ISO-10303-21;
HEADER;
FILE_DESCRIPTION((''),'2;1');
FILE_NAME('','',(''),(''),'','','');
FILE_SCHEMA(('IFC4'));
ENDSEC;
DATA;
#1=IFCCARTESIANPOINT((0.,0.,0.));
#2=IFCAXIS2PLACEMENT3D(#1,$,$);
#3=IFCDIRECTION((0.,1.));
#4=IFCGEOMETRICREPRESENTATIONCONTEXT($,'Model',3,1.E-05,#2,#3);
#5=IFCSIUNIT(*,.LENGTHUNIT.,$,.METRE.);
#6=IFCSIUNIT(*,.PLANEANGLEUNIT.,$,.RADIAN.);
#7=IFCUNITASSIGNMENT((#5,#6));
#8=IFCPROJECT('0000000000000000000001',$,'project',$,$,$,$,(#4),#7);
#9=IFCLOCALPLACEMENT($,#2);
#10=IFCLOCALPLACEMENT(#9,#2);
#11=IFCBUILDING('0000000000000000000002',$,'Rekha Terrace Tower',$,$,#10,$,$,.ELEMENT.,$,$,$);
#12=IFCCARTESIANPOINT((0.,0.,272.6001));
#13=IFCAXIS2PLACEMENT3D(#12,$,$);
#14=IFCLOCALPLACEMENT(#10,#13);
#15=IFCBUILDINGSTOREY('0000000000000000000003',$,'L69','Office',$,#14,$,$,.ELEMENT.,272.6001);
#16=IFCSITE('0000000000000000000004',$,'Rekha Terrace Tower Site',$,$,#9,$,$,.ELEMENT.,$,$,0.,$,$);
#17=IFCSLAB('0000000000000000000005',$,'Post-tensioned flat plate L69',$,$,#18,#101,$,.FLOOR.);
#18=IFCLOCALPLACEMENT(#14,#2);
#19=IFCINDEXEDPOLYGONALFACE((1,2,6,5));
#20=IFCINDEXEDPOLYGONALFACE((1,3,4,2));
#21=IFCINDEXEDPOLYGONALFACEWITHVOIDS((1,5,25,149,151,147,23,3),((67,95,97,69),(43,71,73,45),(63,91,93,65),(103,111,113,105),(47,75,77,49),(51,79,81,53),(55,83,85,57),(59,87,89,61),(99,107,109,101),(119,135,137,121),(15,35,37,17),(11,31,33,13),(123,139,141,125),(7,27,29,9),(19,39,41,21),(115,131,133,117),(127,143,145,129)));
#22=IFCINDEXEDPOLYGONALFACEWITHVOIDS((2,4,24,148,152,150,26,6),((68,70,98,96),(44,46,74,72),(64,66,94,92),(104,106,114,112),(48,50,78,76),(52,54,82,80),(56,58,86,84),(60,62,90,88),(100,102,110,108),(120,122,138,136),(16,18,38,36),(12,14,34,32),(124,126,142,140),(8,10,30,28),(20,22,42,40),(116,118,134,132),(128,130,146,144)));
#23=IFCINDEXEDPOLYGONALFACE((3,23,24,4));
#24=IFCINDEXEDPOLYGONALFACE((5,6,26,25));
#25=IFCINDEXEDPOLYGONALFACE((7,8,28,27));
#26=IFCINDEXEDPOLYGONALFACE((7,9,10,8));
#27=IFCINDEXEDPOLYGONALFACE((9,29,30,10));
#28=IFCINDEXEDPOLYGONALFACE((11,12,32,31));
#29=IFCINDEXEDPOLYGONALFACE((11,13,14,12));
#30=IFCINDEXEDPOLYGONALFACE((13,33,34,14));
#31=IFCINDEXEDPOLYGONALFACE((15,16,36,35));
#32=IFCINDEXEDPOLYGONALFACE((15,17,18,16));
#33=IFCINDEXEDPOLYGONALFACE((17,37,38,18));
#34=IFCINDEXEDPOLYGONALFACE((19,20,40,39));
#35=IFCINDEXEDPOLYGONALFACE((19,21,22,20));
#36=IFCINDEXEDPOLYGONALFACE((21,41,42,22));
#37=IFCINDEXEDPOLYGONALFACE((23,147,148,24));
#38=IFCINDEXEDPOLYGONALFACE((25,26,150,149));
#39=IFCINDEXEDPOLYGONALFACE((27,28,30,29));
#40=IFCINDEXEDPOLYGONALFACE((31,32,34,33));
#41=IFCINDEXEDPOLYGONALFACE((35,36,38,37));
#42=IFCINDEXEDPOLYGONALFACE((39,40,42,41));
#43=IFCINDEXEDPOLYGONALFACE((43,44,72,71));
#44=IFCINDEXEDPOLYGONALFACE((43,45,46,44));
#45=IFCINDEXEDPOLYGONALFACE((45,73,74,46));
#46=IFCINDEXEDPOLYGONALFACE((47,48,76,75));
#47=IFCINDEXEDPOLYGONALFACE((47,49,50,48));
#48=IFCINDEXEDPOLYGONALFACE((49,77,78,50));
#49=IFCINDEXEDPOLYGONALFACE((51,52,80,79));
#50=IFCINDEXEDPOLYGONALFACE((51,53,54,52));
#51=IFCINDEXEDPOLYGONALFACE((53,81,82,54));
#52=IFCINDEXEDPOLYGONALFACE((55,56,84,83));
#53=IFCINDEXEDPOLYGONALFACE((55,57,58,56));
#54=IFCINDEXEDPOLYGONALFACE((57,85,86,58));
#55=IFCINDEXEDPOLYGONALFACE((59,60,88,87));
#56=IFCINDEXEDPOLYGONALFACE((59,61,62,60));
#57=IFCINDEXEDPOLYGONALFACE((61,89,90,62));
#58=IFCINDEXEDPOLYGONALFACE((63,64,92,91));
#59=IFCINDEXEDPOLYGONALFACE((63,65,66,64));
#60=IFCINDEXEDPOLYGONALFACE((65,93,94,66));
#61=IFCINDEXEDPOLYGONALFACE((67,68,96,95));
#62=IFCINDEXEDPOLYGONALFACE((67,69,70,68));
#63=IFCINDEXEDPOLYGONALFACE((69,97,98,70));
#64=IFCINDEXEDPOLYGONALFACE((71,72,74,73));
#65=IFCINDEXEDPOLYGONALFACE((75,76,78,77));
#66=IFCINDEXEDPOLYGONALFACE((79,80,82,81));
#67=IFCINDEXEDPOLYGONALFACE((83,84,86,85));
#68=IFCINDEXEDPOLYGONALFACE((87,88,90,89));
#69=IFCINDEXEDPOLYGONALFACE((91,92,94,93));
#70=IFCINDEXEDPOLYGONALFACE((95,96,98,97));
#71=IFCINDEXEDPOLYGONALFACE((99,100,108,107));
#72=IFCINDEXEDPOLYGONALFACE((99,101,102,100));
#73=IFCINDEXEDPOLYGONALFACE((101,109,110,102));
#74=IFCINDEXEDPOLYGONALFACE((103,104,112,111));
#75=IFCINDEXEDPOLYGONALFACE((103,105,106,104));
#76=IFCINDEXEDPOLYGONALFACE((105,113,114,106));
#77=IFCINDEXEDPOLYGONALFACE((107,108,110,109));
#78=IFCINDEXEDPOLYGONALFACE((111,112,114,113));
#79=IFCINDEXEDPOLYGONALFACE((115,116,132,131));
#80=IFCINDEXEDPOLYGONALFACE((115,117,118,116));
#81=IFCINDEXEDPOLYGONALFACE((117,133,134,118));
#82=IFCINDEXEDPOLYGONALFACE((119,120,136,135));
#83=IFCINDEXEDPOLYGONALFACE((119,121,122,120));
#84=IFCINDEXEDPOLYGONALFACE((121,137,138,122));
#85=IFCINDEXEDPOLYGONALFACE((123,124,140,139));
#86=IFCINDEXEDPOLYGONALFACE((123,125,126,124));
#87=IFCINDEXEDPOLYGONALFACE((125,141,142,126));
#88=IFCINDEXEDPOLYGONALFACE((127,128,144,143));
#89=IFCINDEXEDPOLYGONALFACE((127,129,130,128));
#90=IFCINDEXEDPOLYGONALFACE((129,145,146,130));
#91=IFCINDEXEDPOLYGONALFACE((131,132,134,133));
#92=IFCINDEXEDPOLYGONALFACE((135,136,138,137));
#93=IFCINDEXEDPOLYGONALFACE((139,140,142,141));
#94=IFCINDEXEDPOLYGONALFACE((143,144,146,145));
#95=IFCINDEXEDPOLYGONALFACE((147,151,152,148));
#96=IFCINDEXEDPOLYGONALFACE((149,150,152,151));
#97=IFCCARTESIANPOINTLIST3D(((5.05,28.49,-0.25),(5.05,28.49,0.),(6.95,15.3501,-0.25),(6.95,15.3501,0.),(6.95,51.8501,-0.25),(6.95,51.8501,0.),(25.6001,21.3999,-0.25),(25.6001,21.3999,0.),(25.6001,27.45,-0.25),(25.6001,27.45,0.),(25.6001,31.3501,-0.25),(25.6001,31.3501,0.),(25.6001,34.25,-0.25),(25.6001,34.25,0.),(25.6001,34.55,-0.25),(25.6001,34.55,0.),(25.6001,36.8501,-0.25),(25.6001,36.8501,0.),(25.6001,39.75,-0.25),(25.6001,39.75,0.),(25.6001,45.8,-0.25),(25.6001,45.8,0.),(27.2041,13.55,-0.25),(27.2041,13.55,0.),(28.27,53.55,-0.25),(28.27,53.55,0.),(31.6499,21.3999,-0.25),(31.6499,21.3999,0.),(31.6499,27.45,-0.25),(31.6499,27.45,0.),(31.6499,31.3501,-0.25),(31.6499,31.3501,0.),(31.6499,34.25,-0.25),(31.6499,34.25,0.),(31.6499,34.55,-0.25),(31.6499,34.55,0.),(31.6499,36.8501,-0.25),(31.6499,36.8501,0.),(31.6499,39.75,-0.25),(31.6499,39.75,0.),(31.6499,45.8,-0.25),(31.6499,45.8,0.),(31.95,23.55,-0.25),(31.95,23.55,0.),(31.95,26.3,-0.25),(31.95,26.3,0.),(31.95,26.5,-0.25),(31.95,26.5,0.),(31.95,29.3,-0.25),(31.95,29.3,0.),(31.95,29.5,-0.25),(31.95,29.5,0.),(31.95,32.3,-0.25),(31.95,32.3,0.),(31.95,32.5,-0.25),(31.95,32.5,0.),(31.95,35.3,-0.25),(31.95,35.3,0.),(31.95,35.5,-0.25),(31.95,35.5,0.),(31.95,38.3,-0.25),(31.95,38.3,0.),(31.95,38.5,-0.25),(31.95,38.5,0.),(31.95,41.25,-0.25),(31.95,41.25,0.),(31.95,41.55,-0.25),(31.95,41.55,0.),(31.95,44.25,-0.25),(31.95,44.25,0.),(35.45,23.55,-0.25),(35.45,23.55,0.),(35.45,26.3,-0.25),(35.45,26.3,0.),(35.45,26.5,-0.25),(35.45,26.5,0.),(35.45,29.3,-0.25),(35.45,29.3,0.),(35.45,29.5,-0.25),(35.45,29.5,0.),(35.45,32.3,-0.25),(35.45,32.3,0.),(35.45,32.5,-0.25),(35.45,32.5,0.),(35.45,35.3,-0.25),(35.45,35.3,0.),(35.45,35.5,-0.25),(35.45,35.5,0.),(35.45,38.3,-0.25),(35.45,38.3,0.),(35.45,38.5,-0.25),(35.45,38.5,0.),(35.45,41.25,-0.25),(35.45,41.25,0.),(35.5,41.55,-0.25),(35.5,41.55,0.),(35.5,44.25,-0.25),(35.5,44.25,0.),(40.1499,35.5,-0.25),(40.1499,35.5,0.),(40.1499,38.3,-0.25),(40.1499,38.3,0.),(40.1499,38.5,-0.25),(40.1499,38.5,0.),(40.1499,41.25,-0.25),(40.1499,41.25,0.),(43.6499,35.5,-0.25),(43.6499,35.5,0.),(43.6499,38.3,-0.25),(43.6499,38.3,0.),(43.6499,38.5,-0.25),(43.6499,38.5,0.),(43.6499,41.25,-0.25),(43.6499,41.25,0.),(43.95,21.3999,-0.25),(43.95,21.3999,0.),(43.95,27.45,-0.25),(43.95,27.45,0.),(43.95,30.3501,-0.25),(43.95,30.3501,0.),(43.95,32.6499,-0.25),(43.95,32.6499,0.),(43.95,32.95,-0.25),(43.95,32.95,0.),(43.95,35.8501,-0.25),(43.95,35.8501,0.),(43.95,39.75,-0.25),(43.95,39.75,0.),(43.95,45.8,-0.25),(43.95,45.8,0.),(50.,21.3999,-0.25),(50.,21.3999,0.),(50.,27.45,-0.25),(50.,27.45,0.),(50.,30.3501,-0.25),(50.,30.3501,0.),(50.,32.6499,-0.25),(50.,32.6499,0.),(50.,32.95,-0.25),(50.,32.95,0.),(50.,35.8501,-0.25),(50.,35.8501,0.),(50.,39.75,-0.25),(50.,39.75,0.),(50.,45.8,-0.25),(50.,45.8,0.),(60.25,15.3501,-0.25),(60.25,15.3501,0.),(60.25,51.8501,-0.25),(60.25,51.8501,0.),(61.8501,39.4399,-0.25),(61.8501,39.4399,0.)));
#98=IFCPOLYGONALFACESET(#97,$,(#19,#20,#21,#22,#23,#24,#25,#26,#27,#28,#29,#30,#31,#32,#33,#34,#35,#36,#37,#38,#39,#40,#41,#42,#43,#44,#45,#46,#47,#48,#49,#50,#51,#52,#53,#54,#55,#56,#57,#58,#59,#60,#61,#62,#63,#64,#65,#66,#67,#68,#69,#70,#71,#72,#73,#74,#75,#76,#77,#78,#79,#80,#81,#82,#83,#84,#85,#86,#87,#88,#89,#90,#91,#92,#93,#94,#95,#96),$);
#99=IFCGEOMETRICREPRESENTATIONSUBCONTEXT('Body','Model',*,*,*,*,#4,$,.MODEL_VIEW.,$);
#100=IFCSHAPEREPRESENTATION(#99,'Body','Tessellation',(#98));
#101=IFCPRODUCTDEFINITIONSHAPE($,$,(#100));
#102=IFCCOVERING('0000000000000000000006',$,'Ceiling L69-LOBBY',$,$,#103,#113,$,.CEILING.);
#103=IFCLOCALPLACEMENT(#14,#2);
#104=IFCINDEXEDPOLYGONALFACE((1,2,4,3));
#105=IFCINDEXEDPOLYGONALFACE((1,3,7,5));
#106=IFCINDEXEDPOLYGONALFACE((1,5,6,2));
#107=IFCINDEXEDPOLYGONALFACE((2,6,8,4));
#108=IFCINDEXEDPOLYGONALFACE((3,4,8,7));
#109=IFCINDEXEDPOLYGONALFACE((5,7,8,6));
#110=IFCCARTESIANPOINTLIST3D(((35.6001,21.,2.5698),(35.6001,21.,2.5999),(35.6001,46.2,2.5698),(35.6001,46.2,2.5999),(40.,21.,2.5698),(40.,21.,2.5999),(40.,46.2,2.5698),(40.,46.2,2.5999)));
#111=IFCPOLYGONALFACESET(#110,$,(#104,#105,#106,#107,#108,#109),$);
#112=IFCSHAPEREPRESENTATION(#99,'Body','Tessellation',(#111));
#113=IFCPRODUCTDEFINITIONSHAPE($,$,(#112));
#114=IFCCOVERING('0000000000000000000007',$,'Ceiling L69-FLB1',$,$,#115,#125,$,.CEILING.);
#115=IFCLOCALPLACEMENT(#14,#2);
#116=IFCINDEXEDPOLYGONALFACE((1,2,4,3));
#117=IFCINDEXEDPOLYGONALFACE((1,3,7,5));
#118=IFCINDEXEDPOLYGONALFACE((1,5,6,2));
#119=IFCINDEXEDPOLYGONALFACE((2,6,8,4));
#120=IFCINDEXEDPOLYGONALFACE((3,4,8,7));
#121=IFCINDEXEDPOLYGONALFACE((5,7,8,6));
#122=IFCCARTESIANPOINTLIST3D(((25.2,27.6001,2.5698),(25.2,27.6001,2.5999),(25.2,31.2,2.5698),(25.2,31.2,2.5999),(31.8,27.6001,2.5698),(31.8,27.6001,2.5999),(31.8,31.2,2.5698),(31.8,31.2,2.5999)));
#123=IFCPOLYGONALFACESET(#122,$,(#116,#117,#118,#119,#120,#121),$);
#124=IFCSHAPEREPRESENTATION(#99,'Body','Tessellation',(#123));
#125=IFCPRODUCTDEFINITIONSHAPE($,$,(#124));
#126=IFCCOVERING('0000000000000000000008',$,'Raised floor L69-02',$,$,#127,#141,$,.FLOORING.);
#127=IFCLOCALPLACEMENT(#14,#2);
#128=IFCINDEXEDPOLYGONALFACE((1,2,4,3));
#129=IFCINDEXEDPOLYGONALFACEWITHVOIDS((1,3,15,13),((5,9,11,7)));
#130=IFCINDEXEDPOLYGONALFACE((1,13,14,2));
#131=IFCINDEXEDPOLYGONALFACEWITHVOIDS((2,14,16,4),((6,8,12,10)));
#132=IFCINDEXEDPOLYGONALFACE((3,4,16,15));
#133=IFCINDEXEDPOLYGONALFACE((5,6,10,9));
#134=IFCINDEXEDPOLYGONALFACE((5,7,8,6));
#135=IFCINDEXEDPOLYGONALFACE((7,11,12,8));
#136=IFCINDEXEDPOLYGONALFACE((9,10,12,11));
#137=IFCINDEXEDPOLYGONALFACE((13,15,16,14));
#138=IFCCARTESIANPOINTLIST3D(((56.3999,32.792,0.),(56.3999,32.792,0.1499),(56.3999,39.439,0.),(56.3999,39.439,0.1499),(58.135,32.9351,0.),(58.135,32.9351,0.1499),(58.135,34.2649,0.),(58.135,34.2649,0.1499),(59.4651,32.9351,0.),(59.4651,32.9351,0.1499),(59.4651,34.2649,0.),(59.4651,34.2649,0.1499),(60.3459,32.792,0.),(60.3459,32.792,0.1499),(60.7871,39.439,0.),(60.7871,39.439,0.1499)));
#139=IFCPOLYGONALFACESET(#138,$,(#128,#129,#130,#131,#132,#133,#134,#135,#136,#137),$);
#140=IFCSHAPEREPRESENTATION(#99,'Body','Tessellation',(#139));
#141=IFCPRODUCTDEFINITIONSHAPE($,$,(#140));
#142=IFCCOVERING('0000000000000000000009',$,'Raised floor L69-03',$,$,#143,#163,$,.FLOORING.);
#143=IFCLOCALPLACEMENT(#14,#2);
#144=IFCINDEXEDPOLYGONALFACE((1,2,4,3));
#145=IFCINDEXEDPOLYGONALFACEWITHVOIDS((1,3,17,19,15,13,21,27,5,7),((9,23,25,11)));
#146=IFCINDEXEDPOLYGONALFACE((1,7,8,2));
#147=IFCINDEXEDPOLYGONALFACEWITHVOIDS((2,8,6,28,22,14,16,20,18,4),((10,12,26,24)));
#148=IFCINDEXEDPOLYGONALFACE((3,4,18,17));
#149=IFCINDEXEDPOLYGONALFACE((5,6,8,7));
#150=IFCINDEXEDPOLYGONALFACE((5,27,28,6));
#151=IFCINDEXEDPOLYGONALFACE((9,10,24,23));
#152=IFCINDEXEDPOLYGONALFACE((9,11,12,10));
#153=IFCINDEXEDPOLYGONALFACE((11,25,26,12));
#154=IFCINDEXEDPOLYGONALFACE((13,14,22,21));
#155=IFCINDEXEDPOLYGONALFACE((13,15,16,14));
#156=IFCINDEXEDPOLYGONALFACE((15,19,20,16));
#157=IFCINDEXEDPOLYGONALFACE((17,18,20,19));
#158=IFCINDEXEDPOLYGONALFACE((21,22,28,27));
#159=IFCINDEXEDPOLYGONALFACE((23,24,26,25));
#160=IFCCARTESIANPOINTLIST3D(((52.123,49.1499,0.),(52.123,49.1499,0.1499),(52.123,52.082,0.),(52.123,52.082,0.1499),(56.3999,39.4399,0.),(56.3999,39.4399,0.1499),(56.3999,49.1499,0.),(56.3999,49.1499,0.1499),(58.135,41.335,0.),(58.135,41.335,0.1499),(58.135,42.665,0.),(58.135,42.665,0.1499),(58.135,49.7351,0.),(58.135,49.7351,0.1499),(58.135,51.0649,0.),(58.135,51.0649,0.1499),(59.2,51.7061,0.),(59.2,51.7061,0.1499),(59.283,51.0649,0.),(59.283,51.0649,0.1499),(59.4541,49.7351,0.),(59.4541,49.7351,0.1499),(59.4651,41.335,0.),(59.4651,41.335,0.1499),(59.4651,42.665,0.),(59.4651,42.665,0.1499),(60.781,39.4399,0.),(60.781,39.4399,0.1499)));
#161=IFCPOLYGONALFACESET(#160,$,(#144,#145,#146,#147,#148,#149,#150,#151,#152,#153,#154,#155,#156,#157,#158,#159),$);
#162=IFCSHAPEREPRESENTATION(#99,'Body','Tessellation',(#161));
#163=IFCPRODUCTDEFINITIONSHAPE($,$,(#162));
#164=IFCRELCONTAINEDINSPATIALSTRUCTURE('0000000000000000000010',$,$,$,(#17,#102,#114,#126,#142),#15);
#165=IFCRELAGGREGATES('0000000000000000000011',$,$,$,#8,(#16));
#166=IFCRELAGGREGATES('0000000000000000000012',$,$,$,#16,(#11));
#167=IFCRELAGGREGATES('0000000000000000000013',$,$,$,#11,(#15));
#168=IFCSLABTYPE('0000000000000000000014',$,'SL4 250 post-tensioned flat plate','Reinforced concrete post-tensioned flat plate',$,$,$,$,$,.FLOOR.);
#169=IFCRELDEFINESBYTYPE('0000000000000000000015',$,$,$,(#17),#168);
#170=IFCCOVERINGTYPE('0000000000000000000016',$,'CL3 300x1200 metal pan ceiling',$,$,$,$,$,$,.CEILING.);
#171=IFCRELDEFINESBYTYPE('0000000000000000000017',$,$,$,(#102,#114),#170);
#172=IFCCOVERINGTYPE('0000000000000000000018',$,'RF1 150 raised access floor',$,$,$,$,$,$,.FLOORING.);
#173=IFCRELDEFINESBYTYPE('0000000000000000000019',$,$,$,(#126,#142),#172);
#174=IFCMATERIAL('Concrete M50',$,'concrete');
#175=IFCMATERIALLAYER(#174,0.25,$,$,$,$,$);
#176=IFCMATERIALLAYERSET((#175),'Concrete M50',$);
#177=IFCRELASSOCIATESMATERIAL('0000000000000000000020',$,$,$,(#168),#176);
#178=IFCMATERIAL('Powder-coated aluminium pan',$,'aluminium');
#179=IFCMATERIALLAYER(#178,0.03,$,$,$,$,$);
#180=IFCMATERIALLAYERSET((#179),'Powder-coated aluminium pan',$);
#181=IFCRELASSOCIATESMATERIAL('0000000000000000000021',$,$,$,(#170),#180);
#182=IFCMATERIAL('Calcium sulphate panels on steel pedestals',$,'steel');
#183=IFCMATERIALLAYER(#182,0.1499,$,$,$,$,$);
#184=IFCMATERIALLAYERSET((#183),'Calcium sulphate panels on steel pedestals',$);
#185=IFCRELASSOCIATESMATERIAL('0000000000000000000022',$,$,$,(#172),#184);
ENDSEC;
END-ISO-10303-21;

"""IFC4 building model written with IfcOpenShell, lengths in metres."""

from ifc_helpers import new_model, si_unit, direction, frame, origin, place, context, subcontext, project, spatial, polyline, outline, extrude, material, layer, layer_set, type_object, element, save


model = new_model("IFC4")

# Units and contexts
model_context = context("Model", 3, precision=1e-05, world=origin(), true_north=direction((0.0, 1.0)))
body_context = subcontext(model_context, "Body", "Model", "MODEL_VIEW")
ifc_project = project(units=[si_unit("LENGTHUNIT", "METRE"), si_unit("PLANEANGLEUNIT", "RADIAN")], contexts=[model_context])

# Site, building, storey
site_placement = place(None, origin())
site = spatial("IfcSite", under=ifc_project, at=site_placement, Name="Rekha Terrace Tower Site", CompositionType="ELEMENT", RefElevation=0.0)
building_placement = place(site_placement, origin())
building = spatial("IfcBuilding", under=site, at=building_placement, Name="Rekha Terrace Tower", CompositionType="ELEMENT")
storey_placement = place(building_placement, frame((0.0, 0.0, 272.6001)))
storey = spatial("IfcBuildingStorey", under=building, at=storey_placement, Name="L69", Description="Office", CompositionType="ELEMENT", Elevation=272.6001)

# Slab
ifc_material_1 = material(Name="Concrete M50", Category="concrete")
ifc_layer_1 = layer(ifc_material_1, 0.25)
ifc_layer_set_1 = layer_set([ifc_layer_1], Name="Concrete M50")
slab_type_1 = type_object("IfcSlabType", Name="SL4 250 post-tensioned flat plate", Description="Reinforced concrete post-tensioned flat plate", PredefinedType="FLOOR", material=ifc_layer_set_1)
slab_1_placement = place(storey_placement, frame((0.0, 0.0, -0.25)))
element("IfcSlab", 1, at=slab_1_placement, inside=storey, type_object=slab_type_1, Name="Post-tensioned flat plate L69", PredefinedType="FLOOR", context=body_context, shape_type="SweptSolid", body=[
    extrude(outline(polyline([(5.05, 28.49), (6.95, 15.3501), (27.2041, 13.55), (60.25, 15.3501), (61.8501, 39.4399), (60.25, 51.8501), (28.27, 53.55), (6.95, 51.8501), (5.05, 28.49)]), holes=[polyline([(31.6499, 27.45), (31.6499, 21.3999), (25.6001, 21.3999), (25.6001, 27.45), (31.6499, 27.45)]), polyline([(35.45, 26.3), (35.45, 23.55), (31.95, 23.55), (31.95, 26.3), (35.45, 26.3)]), polyline([(35.45, 29.3), (35.45, 26.5), (31.95, 26.5), (31.95, 29.3), (35.45, 29.3)]), polyline([(35.45, 32.3), (35.45, 29.5), (31.95, 29.5), (31.95, 32.3), (35.45, 32.3)]), polyline([(31.6499, 34.25), (31.6499, 31.3501), (25.6001, 31.3501), (25.6001, 34.25), (31.6499, 34.25)]), polyline([(35.45, 35.3), (35.45, 32.5), (31.95, 32.5), (31.95, 35.3), (35.45, 35.3)]), polyline([(31.6499, 36.8501), (31.6499, 34.55), (25.6001, 34.55), (25.6001, 36.8501), (31.6499, 36.8501)]), polyline([(35.45, 38.3), (35.45, 35.5), (31.95, 35.5), (31.95, 38.3), (35.45, 38.3)]), polyline([(31.6499, 45.8), (31.6499, 39.75), (25.6001, 39.75), (25.6001, 45.8), (31.6499, 45.8)]), polyline([(50.0, 27.45), (50.0, 21.3999), (43.95, 21.3999), (43.95, 27.45), (50.0, 27.45)]), polyline([(50.0, 32.6499), (50.0, 30.3501), (43.95, 30.3501), (43.95, 32.6499), (50.0, 32.6499)]), polyline([(50.0, 35.8501), (50.0, 32.95), (43.95, 32.95), (43.95, 35.8501), (50.0, 35.8501)]), polyline([(43.6499, 38.3), (43.6499, 35.5), (40.1499, 35.5), (40.1499, 38.3), (43.6499, 38.3)]), polyline([(35.45, 41.25), (35.45, 38.5), (31.95, 38.5), (31.95, 41.25), (35.45, 41.25)]), polyline([(43.6499, 41.25), (43.6499, 38.5), (40.1499, 38.5), (40.1499, 41.25), (43.6499, 41.25)]), polyline([(50.0, 39.75), (43.95, 39.75), (43.95, 45.8), (50.0, 45.8), (50.0, 39.75)]), polyline([(35.5, 41.55), (31.95, 41.55), (31.95, 44.25), (35.5, 44.25), (35.5, 41.55)])]), origin(), (0.0, 0.0, 1.0), 0.25),
])

# Coverings
ifc_material_2 = material(Name="Powder-coated aluminium pan", Category="aluminium")
ifc_layer_2 = layer(ifc_material_2, 0.03)
ifc_layer_set_2 = layer_set([ifc_layer_2], Name="Powder-coated aluminium pan")
covering_type_1 = type_object("IfcCoveringType", Name="CL3 300x1200 metal pan ceiling", PredefinedType="CEILING", material=ifc_layer_set_2)
covering_1_placement = place(storey_placement, frame((0.0, 0.0, 2.5698)))
element("IfcCovering", 2, at=covering_1_placement, inside=storey, type_object=covering_type_1, Name="Ceiling L69-LOBBY", PredefinedType="CEILING", context=body_context, shape_type="SweptSolid", body=[
    extrude(outline(polyline([(40.0, 46.2), (35.6001, 46.2), (35.6001, 21.0), (40.0, 21.0), (40.0, 46.2)])), origin(), (0.0, 0.0, 1.0), 0.03),
])
covering_2_placement = place(storey_placement, frame((0.0, 0.0, 2.5698)))
element("IfcCovering", 3, at=covering_2_placement, inside=storey, type_object=covering_type_1, Name="Ceiling L69-FLB1", PredefinedType="CEILING", context=body_context, shape_type="SweptSolid", body=[
    extrude(outline(polyline([(31.8, 31.2), (25.2, 31.2), (25.2, 27.6001), (31.8, 27.6001), (31.8, 31.2)])), origin(), (0.0, 0.0, 1.0), 0.03),
])
ifc_material_3 = material(Name="Calcium sulphate panels on steel pedestals", Category="steel")
ifc_layer_3 = layer(ifc_material_3, 0.1499)
ifc_layer_set_3 = layer_set([ifc_layer_3], Name="Calcium sulphate panels on steel pedestals")
covering_type_2 = type_object("IfcCoveringType", Name="RF1 150 raised access floor", PredefinedType="FLOORING", material=ifc_layer_set_3)
covering_3_placement = place(storey_placement, origin())
element("IfcCovering", 4, at=covering_3_placement, inside=storey, type_object=covering_type_2, Name="Raised floor L69-02", PredefinedType="FLOORING", context=body_context, shape_type="SweptSolid", body=[
    extrude(outline(polyline([(56.3999, 32.792), (60.3459, 32.792), (60.7871, 39.439), (56.3999, 39.439), (56.3999, 32.792)]), holes=[polyline([(59.4651, 34.2649), (59.4651, 32.9351), (58.135, 32.9351), (58.135, 34.2649), (59.4651, 34.2649)])]), origin(), (0.0, 0.0, 1.0), 0.1499),
])
covering_4_placement = place(storey_placement, origin())
element("IfcCovering", 5, at=covering_4_placement, inside=storey, type_object=covering_type_2, Name="Raised floor L69-03", PredefinedType="FLOORING", context=body_context, shape_type="SweptSolid", body=[
    extrude(outline(polyline([(59.2, 51.7061), (52.123, 52.082), (52.123, 49.1499), (56.3999, 49.1499), (56.3999, 39.4399), (60.781, 39.4399), (59.4541, 49.7351), (58.135, 49.7351), (58.135, 51.0649), (59.283, 51.0649), (59.2, 51.7061)]), holes=[polyline([(59.4651, 41.335), (58.135, 41.335), (58.135, 42.665), (59.4651, 42.665), (59.4651, 41.335)])]), origin(), (0.0, 0.0, 1.0), 0.1499),
])

save(model, "model.ifc")
